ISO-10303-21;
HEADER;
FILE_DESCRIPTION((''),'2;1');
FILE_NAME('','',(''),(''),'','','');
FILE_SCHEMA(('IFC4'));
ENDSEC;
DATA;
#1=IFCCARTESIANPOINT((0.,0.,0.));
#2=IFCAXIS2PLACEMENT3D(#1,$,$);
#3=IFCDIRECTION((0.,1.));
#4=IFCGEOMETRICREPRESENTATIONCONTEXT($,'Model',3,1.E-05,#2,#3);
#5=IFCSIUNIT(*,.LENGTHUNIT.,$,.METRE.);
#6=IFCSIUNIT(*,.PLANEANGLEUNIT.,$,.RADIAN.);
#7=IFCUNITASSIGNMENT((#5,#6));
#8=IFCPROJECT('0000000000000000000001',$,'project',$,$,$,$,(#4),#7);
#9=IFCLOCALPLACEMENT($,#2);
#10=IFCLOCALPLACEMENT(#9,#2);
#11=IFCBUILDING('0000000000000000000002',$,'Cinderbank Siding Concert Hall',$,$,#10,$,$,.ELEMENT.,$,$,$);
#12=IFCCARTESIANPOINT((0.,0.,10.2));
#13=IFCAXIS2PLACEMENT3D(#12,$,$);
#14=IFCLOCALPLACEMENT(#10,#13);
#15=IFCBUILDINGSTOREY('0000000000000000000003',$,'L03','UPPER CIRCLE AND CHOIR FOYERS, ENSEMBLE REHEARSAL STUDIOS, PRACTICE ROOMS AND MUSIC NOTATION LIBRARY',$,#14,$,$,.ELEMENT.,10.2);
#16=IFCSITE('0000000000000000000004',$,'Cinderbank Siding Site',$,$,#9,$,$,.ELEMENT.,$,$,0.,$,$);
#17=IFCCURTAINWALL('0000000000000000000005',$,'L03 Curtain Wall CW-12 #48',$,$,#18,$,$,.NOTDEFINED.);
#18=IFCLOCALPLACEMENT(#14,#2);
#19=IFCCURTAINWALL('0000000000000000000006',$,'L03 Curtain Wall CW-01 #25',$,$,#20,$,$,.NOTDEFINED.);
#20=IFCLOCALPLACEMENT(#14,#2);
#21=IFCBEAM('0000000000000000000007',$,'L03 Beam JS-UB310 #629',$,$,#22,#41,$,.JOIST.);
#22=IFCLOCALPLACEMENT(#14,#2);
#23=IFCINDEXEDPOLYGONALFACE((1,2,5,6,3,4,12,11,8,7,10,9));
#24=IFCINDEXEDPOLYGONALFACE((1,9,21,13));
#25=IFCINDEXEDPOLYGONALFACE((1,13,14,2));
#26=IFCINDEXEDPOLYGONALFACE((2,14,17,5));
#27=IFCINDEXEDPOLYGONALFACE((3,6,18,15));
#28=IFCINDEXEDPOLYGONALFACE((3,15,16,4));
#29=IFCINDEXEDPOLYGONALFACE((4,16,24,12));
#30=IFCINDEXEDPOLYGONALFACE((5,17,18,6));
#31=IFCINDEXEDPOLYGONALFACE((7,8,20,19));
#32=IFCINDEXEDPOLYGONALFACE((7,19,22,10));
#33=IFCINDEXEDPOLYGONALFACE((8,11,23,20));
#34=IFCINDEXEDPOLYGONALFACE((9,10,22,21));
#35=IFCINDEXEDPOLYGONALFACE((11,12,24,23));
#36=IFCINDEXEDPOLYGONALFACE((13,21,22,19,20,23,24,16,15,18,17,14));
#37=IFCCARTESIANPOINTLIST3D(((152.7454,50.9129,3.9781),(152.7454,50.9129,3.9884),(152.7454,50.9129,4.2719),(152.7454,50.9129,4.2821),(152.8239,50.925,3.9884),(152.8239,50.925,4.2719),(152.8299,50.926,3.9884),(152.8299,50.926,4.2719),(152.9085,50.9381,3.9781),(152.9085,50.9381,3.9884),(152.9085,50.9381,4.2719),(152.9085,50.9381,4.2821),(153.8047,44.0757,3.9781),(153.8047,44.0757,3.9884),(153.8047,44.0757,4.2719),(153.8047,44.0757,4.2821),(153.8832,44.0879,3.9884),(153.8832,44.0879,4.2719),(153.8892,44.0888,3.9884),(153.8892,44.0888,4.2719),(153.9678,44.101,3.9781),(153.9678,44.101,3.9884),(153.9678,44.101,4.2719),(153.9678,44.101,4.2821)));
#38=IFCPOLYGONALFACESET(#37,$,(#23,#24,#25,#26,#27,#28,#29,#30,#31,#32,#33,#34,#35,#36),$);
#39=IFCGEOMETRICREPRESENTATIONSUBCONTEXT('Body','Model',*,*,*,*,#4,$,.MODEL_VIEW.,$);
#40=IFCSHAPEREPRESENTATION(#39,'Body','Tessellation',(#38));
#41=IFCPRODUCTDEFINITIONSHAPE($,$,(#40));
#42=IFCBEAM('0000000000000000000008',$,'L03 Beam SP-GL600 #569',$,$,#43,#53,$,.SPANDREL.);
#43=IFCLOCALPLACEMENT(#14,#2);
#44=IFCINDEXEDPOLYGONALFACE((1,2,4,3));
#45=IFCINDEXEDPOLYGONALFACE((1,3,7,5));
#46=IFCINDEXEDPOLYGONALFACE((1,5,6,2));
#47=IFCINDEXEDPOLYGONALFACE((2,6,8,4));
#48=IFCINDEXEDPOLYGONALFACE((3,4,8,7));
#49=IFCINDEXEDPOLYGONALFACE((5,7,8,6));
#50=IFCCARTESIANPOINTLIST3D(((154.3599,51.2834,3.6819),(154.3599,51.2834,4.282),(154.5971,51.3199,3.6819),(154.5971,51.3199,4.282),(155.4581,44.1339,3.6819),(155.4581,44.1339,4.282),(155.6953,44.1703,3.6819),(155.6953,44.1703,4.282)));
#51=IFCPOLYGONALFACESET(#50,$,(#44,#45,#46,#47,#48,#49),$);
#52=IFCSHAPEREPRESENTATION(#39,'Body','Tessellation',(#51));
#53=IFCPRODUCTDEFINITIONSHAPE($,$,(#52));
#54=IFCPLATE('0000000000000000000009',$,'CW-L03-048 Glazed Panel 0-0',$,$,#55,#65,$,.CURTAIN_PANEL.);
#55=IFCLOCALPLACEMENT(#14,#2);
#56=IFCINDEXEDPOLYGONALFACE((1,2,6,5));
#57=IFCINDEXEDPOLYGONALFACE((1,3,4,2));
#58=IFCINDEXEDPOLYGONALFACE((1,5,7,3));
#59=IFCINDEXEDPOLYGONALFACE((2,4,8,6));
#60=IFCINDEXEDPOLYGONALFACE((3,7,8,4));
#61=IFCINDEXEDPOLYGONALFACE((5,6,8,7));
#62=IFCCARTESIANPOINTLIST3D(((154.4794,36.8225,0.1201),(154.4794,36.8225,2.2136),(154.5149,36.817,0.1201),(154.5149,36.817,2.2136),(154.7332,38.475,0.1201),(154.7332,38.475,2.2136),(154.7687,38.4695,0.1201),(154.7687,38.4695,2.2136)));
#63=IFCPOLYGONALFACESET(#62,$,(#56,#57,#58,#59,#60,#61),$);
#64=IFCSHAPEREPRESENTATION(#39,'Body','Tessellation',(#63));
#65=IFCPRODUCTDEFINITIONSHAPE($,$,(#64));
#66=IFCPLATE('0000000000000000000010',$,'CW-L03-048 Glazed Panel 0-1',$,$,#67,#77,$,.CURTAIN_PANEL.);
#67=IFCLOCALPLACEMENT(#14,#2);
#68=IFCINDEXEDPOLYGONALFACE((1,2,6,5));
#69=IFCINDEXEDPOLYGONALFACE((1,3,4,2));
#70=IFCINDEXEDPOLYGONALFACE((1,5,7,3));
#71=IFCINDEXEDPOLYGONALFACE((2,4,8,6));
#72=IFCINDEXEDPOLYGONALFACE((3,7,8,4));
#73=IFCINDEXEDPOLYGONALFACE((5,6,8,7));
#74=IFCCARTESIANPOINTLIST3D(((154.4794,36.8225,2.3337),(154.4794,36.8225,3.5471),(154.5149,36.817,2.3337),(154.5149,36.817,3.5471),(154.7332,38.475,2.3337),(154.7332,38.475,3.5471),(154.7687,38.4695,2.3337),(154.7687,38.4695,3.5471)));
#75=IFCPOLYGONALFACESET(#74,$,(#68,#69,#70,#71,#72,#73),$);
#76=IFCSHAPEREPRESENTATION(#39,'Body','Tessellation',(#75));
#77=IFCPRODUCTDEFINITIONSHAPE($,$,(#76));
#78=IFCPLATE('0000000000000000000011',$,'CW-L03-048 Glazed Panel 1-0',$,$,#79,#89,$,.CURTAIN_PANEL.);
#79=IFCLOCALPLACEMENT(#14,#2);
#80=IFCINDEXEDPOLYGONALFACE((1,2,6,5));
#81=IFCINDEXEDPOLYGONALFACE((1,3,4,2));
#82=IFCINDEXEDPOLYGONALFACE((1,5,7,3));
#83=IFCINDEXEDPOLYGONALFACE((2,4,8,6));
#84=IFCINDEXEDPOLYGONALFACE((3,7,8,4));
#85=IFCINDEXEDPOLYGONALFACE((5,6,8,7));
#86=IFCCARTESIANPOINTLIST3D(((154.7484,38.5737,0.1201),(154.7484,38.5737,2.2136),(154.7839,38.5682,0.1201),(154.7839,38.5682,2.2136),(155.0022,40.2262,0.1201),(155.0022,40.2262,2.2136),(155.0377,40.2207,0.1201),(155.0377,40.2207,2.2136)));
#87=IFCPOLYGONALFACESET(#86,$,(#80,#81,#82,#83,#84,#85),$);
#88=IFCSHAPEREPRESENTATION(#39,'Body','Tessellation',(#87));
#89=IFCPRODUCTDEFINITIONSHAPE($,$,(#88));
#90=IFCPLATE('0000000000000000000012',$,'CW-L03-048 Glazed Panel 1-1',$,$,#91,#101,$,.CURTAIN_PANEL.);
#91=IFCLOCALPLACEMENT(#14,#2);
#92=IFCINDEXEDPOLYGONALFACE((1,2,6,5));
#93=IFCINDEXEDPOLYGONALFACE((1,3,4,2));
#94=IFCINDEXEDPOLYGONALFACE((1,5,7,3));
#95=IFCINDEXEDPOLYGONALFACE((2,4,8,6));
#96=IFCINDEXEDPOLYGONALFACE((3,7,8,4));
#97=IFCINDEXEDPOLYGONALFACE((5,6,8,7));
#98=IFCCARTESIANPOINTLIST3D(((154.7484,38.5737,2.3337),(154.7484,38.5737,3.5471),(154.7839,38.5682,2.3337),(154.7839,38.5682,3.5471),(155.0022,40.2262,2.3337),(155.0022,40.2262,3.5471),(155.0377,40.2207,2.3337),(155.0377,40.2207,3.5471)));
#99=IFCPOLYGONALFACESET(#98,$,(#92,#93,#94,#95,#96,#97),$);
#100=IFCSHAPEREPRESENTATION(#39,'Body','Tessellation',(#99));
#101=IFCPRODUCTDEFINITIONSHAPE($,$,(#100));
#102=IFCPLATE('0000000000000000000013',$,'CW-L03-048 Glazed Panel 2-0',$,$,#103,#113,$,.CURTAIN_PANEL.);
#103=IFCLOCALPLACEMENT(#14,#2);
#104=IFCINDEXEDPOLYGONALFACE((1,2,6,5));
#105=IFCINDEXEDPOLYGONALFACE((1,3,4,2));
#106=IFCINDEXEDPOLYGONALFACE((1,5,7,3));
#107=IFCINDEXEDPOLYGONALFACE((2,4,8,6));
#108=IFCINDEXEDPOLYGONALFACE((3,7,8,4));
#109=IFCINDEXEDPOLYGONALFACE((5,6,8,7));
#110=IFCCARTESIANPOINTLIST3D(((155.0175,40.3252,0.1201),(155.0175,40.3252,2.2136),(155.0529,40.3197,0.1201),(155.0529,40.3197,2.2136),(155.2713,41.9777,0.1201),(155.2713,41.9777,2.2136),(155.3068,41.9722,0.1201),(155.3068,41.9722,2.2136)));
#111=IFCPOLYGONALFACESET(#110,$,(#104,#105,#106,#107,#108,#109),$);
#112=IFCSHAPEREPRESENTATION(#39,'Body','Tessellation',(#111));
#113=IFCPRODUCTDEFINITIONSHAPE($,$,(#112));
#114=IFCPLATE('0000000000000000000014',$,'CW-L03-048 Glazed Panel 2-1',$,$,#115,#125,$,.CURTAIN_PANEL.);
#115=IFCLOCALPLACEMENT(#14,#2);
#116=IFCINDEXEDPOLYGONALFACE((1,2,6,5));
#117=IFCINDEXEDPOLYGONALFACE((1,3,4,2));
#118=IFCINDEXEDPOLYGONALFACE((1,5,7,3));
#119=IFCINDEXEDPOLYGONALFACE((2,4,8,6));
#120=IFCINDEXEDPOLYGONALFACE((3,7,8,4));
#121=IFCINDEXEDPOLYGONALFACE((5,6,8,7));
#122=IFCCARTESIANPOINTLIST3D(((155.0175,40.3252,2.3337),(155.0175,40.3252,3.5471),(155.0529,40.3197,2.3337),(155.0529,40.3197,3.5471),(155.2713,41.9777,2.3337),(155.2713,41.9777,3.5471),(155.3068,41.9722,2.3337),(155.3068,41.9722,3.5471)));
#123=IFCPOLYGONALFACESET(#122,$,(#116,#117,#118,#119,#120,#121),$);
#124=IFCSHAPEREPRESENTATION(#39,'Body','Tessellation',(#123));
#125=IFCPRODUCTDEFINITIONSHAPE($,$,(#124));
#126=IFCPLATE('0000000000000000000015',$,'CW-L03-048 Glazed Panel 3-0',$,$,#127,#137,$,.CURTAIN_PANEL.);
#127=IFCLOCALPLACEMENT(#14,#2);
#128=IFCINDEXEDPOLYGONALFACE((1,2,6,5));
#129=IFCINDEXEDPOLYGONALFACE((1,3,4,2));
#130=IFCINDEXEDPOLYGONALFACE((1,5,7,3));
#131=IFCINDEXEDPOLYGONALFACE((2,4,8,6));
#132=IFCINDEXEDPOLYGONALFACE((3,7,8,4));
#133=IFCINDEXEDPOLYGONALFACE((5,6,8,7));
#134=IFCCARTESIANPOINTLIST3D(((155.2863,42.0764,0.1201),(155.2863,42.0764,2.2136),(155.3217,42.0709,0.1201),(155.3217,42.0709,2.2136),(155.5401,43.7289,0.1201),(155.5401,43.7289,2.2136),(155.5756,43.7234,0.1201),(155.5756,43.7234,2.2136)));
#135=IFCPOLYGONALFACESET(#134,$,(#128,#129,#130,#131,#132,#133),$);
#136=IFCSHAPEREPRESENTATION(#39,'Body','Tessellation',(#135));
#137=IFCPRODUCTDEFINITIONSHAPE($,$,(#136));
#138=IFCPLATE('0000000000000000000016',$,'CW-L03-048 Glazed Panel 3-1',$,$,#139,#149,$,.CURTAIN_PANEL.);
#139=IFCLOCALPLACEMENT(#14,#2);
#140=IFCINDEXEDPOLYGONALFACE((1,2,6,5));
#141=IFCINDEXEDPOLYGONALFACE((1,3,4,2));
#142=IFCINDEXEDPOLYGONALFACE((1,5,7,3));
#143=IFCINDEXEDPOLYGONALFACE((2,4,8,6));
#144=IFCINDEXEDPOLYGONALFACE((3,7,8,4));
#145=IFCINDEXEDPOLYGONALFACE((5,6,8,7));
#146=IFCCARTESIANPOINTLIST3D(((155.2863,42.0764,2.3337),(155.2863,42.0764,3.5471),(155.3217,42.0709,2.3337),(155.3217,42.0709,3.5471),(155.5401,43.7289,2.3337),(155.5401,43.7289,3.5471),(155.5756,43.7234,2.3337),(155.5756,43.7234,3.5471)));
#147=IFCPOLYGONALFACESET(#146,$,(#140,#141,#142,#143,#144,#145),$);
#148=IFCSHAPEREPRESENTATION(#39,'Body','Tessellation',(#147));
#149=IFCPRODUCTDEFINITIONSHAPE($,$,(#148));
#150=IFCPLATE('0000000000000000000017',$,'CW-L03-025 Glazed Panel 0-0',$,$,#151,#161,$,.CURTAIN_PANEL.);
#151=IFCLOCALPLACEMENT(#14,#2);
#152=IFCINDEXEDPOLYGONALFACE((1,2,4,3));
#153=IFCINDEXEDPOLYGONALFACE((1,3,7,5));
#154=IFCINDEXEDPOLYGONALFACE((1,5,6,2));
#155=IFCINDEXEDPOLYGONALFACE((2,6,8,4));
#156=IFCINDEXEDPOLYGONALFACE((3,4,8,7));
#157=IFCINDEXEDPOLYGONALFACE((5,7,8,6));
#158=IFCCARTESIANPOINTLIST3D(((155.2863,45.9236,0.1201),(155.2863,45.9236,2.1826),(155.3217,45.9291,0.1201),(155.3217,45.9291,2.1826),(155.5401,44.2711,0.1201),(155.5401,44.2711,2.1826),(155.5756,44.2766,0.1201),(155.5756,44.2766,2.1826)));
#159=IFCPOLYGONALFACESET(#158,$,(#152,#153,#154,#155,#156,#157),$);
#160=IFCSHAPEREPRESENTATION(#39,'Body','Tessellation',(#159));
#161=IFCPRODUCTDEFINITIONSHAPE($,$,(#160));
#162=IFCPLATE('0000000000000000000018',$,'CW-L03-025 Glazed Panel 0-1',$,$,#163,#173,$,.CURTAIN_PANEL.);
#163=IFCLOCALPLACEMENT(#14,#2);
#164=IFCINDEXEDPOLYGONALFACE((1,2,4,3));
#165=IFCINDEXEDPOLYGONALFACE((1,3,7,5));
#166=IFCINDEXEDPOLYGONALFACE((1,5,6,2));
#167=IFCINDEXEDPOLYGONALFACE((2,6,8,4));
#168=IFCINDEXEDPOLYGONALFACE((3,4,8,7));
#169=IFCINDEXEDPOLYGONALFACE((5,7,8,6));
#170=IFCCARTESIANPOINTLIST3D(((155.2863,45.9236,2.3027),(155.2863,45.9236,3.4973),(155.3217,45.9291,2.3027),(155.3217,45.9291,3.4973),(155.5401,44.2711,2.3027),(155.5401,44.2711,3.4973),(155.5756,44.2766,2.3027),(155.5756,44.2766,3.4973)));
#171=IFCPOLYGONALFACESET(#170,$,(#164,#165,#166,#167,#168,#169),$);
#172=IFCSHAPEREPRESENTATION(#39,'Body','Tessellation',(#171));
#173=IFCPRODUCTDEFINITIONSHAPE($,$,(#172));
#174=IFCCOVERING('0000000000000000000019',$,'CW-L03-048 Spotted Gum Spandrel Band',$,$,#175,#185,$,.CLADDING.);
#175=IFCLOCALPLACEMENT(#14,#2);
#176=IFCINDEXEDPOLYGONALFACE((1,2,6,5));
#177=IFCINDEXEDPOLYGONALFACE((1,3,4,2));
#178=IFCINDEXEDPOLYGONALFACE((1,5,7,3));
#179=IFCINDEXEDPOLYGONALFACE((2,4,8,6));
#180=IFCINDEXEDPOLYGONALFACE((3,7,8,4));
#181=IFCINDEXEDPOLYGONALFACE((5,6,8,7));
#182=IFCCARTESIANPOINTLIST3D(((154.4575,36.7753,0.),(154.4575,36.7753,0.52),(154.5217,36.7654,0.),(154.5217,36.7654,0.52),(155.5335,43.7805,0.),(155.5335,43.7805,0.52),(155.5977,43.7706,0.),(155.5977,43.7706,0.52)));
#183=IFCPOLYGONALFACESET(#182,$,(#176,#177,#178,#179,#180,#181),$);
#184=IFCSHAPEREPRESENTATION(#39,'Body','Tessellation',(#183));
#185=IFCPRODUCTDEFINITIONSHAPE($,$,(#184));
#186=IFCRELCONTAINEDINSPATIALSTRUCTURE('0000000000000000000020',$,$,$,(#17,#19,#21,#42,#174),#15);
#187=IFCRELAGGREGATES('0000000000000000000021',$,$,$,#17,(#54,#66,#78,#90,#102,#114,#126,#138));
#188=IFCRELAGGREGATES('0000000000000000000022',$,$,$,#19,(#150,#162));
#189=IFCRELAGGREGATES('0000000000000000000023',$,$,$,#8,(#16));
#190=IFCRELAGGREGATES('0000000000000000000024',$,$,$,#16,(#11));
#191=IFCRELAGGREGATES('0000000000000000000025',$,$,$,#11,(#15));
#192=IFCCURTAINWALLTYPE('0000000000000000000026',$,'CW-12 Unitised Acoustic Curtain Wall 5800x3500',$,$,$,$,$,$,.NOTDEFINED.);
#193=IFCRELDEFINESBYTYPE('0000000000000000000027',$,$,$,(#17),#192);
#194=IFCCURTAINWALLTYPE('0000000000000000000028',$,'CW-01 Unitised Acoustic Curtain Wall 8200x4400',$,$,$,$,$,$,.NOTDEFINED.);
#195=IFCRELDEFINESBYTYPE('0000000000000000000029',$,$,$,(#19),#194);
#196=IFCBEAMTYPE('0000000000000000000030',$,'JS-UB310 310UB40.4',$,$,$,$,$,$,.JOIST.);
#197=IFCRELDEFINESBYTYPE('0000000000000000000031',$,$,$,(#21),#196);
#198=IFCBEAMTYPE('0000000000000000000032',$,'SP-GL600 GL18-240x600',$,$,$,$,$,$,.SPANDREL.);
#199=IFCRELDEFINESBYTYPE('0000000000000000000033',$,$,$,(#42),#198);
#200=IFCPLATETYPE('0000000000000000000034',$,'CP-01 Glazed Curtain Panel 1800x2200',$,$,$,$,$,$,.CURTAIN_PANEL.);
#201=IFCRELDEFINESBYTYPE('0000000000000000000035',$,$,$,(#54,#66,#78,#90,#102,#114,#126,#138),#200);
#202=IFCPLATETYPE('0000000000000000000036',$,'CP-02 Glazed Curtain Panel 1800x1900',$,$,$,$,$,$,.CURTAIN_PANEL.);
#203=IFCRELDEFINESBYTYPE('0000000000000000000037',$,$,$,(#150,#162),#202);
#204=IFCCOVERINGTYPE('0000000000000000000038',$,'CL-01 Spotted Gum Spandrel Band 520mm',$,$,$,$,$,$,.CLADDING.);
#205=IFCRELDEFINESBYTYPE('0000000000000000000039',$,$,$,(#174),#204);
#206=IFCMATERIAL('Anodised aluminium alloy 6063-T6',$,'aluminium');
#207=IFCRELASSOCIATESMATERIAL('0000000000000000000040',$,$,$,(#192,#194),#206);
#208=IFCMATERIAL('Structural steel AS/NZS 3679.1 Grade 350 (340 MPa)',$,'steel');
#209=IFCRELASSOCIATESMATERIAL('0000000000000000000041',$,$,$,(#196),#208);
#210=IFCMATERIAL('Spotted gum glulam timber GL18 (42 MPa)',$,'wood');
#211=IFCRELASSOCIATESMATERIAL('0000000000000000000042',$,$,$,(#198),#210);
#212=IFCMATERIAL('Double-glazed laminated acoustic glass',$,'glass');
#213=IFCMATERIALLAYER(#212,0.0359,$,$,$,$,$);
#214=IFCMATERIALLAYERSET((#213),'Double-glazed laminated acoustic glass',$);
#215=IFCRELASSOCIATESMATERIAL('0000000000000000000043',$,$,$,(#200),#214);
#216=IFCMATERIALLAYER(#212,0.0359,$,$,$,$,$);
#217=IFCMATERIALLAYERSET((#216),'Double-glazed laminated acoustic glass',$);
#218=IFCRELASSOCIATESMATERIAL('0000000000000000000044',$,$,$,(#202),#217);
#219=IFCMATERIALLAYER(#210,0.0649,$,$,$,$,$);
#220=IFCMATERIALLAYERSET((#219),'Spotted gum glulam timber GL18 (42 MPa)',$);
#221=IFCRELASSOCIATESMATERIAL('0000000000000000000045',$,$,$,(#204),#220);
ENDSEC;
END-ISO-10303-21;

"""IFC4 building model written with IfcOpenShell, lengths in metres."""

from ifc_helpers import new_model, si_unit, direction, frame, origin, origin_2d, place, context, subcontext, project, spatial, rectangle, i_section, extrude, material, layer, layer_set, material_profile, profile_set, type_object, element, aggregate, save


model = new_model("IFC4")

# Units and contexts
model_context = context("Model", 3, precision=1e-05, world=origin(), true_north=direction((0.0, 1.0)))
body_context = subcontext(model_context, "Body", "Model", "MODEL_VIEW")
ifc_project = project(units=[si_unit("LENGTHUNIT", "METRE"), si_unit("PLANEANGLEUNIT", "RADIAN")], contexts=[model_context])

# Site, building, storey
site_placement = place(None, origin())
site = spatial("IfcSite", under=ifc_project, at=site_placement, Name="Cinderbank Siding Site", CompositionType="ELEMENT", RefElevation=0.0)
building_placement = place(site_placement, origin())
building = spatial("IfcBuilding", under=site, at=building_placement, Name="Cinderbank Siding Concert Hall", CompositionType="ELEMENT")
storey_placement = place(building_placement, frame((0.0, 0.0, 10.2)))
storey = spatial("IfcBuildingStorey", under=building, at=storey_placement, Name="L03", Description="UPPER CIRCLE AND CHOIR FOYERS, ENSEMBLE REHEARSAL STUDIOS, PRACTICE ROOMS AND MUSIC NOTATION LIBRARY", CompositionType="ELEMENT", Elevation=10.2)

# Shared definitions
ifc_material_1 = material(Name="Structural steel AS/NZS 3679.1 Grade 350 (340 MPa)", Category="steel")

# Curtain walls
ifc_material_2 = material(Name="Anodised aluminium alloy 6063-T6", Category="aluminium")
curtain_wall_type_1 = type_object("IfcCurtainWallType", Name="CW-12 Unitised Acoustic Curtain Wall 5800x3500", PredefinedType="NOTDEFINED", material=ifc_material_2)
curtain_wall_1_placement = place(storey_placement, origin())
curtain_wall_1 = element("IfcCurtainWall", 1, at=curtain_wall_1_placement, inside=storey, type_object=curtain_wall_type_1, Name="L03 Curtain Wall CW-12 #48", PredefinedType="NOTDEFINED")
curtain_wall_type_2 = type_object("IfcCurtainWallType", Name="CW-01 Unitised Acoustic Curtain Wall 8200x4400", PredefinedType="NOTDEFINED", material=ifc_material_2)
curtain_wall_2_placement = place(storey_placement, origin())
curtain_wall_2 = element("IfcCurtainWall", 2, at=curtain_wall_2_placement, inside=storey, type_object=curtain_wall_type_2, Name="L03 Curtain Wall CW-01 #25", PredefinedType="NOTDEFINED")

# Beams
ifc_material_profile_1 = material_profile(ifc_material_1, i_section(OverallWidth=0.165, OverallDepth=0.304, WebThickness=0.0061, FlangeThickness=0.0103, at=origin_2d()), Name="310UB40.4", Category="LoadBearing")
ifc_profile_set_1 = profile_set([ifc_material_profile_1], Name="Structural steel AS/NZS 3679.1 Grade 350 (340 MPa)")
beam_type_1 = type_object("IfcBeamType", Name="JS-UB310 310UB40.4", PredefinedType="JOIST", material=ifc_profile_set_1)
beam_1_placement = place(storey_placement, frame((153.8862, 44.0884, 4.1301), z_axis=(-0.15311, 0.988209, 0.0), x_axis=(-0.988209, -0.15311, 0.0)))
element("IfcBeam", 3, at=beam_1_placement, inside=storey, type_object=beam_type_1, Name="L03 Beam JS-UB310 #629", PredefinedType="JOIST", context=body_context, shape_type="SweptSolid", body=[
    extrude(i_section(OverallWidth=0.165, OverallDepth=0.304, WebThickness=0.0061, FlangeThickness=0.0103, at=origin_2d()), origin(), (0.0, 0.0, 1.0), 6.9187),
])
ifc_material_3 = material(Name="Spotted gum glulam timber GL18 (42 MPa)", Category="wood")
ifc_material_profile_2 = material_profile(ifc_material_3, rectangle(XDim=0.24, YDim=0.6001, at=origin_2d()), Name="GL18-240x600", Category="LoadBearing")
ifc_profile_set_2 = profile_set([ifc_material_profile_2], Name="Spotted gum glulam timber GL18 (42 MPa)")
beam_type_2 = type_object("IfcBeamType", Name="SP-GL600 GL18-240x600", PredefinedType="SPANDREL", material=ifc_profile_set_2)
beam_2_placement = place(storey_placement, frame((155.5767, 44.1521, 3.9819), z_axis=(-0.151814, 0.988409, 0.0), x_axis=(-0.988409, -0.151814, 0.0)))
element("IfcBeam", 4, at=beam_2_placement, inside=storey, type_object=beam_type_2, Name="L03 Beam SP-GL600 #569", PredefinedType="SPANDREL", context=body_context, shape_type="SweptSolid", body=[
    extrude(rectangle(XDim=0.24, YDim=0.6001, at=origin_2d()), origin(), (0.0, 0.0, 1.0), 7.2334),
])

# Plates
ifc_material_4 = material(Name="Double-glazed laminated acoustic glass", Category="glass")
ifc_layer_1 = layer(ifc_material_4, 0.0359)
ifc_layer_set_1 = layer_set([ifc_layer_1], Name="Double-glazed laminated acoustic glass")
plate_type_1 = type_object("IfcPlateType", Name="CP-01 Glazed Curtain Panel 1800x2200", PredefinedType="CURTAIN_PANEL", material=ifc_layer_set_1)
plate_1_placement = place(storey_placement, frame((154.624, 37.646, 0.1201), z_axis=(0.0, 0.0, 1.0), x_axis=(0.151815, 0.988409, 0.0)))
plate_1 = element("IfcPlate", 5, at=plate_1_placement, type_object=plate_type_1, Name="CW-L03-048 Glazed Panel 0-0", PredefinedType="CURTAIN_PANEL", context=body_context, shape_type="SweptSolid", body=[
    extrude(rectangle(XDim=1.6719, YDim=0.0359, at=origin_2d()), origin(), (0.0, 0.0, 1.0), 2.0935),
])
plate_2_placement = place(storey_placement, frame((154.624, 37.646, 2.3337), z_axis=(0.0, 0.0, 1.0), x_axis=(0.151815, 0.988409, 0.0)))
plate_2 = element("IfcPlate", 6, at=plate_2_placement, type_object=plate_type_1, Name="CW-L03-048 Glazed Panel 0-1", PredefinedType="CURTAIN_PANEL", context=body_context, shape_type="SweptSolid", body=[
    extrude(rectangle(XDim=1.6719, YDim=0.0359, at=origin_2d()), origin(), (0.0, 0.0, 1.0), 1.2134),
])
plate_3_placement = place(storey_placement, frame((154.8931, 39.3972, 0.1201), z_axis=(0.0, 0.0, 1.0), x_axis=(0.151815, 0.988409, 0.0)))
plate_3 = element("IfcPlate", 7, at=plate_3_placement, type_object=plate_type_1, Name="CW-L03-048 Glazed Panel 1-0", PredefinedType="CURTAIN_PANEL", context=body_context, shape_type="SweptSolid", body=[
    extrude(rectangle(XDim=1.6719, YDim=0.0359, at=origin_2d()), origin(), (0.0, 0.0, 1.0), 2.0935),
])
plate_4_placement = place(storey_placement, frame((154.8931, 39.3972, 2.3337), z_axis=(0.0, 0.0, 1.0), x_axis=(0.151815, 0.988409, 0.0)))
plate_4 = element("IfcPlate", 8, at=plate_4_placement, type_object=plate_type_1, Name="CW-L03-048 Glazed Panel 1-1", PredefinedType="CURTAIN_PANEL", context=body_context, shape_type="SweptSolid", body=[
    extrude(rectangle(XDim=1.6719, YDim=0.0359, at=origin_2d()), origin(), (0.0, 0.0, 1.0), 1.2134),
])
plate_5_placement = place(storey_placement, frame((155.1621, 41.1487, 0.1201), z_axis=(0.0, 0.0, 1.0), x_axis=(0.151815, 0.988409, 0.0)))
plate_5 = element("IfcPlate", 9, at=plate_5_placement, type_object=plate_type_1, Name="CW-L03-048 Glazed Panel 2-0", PredefinedType="CURTAIN_PANEL", context=body_context, shape_type="SweptSolid", body=[
    extrude(rectangle(XDim=1.6719, YDim=0.0359, at=origin_2d()), origin(), (0.0, 0.0, 1.0), 2.0935),
])
plate_6_placement = place(storey_placement, frame((155.1621, 41.1487, 2.3337), z_axis=(0.0, 0.0, 1.0), x_axis=(0.151815, 0.988409, 0.0)))
plate_6 = element("IfcPlate", 10, at=plate_6_placement, type_object=plate_type_1, Name="CW-L03-048 Glazed Panel 2-1", PredefinedType="CURTAIN_PANEL", context=body_context, shape_type="SweptSolid", body=[
    extrude(rectangle(XDim=1.6719, YDim=0.0359, at=origin_2d()), origin(), (0.0, 0.0, 1.0), 1.2134),
])
plate_7_placement = place(storey_placement, frame((155.4309, 42.8999, 0.1201), z_axis=(0.0, 0.0, 1.0), x_axis=(0.151815, 0.988409, 0.0)))
plate_7 = element("IfcPlate", 11, at=plate_7_placement, type_object=plate_type_1, Name="CW-L03-048 Glazed Panel 3-0", PredefinedType="CURTAIN_PANEL", context=body_context, shape_type="SweptSolid", body=[
    extrude(rectangle(XDim=1.6719, YDim=0.0359, at=origin_2d()), origin(), (0.0, 0.0, 1.0), 2.0935),
])
plate_8_placement = place(storey_placement, frame((155.4309, 42.8999, 2.3337), z_axis=(0.0, 0.0, 1.0), x_axis=(0.151815, 0.988409, 0.0)))
plate_8 = element("IfcPlate", 12, at=plate_8_placement, type_object=plate_type_1, Name="CW-L03-048 Glazed Panel 3-1", PredefinedType="CURTAIN_PANEL", context=body_context, shape_type="SweptSolid", body=[
    extrude(rectangle(XDim=1.6719, YDim=0.0359, at=origin_2d()), origin(), (0.0, 0.0, 1.0), 1.2134),
])
aggregate(curtain_wall_1, [plate_1, plate_2, plate_3, plate_4, plate_5, plate_6, plate_7, plate_8])
ifc_layer_2 = layer(ifc_material_4, 0.0359)
ifc_layer_set_2 = layer_set([ifc_layer_2], Name="Double-glazed laminated acoustic glass")
plate_type_2 = type_object("IfcPlateType", Name="CP-02 Glazed Curtain Panel 1800x1900", PredefinedType="CURTAIN_PANEL", material=ifc_layer_set_2)
plate_9_placement = place(storey_placement, frame((155.4309, 45.1001, 0.1201), z_axis=(0.0, 0.0, 1.0), x_axis=(-0.151815, 0.988409, 0.0)))
plate_9 = element("IfcPlate", 13, at=plate_9_placement, type_object=plate_type_2, Name="CW-L03-025 Glazed Panel 0-0", PredefinedType="CURTAIN_PANEL", context=body_context, shape_type="SweptSolid", body=[
    extrude(rectangle(XDim=1.6719, YDim=0.0359, at=origin_2d()), origin(), (0.0, 0.0, 1.0), 2.0625),
])
plate_10_placement = place(storey_placement, frame((155.4309, 45.1001, 2.3027), z_axis=(0.0, 0.0, 1.0), x_axis=(-0.151815, 0.988409, 0.0)))
plate_10 = element("IfcPlate", 14, at=plate_10_placement, type_object=plate_type_2, Name="CW-L03-025 Glazed Panel 0-1", PredefinedType="CURTAIN_PANEL", context=body_context, shape_type="SweptSolid", body=[
    extrude(rectangle(XDim=1.6719, YDim=0.0359, at=origin_2d()), origin(), (0.0, 0.0, 1.0), 1.1946),
])
aggregate(curtain_wall_2, [plate_9, plate_10])

# Covering
ifc_layer_3 = layer(ifc_material_3, 0.0649)
ifc_layer_set_3 = layer_set([ifc_layer_3], Name="Spotted gum glulam timber GL18 (42 MPa)")
covering_type = type_object("IfcCoveringType", Name="CL-01 Spotted Gum Spandrel Band 520mm", PredefinedType="CLADDING", material=ifc_layer_set_3)
covering_placement = place(storey_placement, frame((155.0276, 40.2729, 0.0), z_axis=(0.0, 0.0, 1.0), x_axis=(0.151815, 0.988409, 0.0)))
element("IfcCovering", 15, at=covering_placement, inside=storey, type_object=covering_type, Name="CW-L03-048 Spotted Gum Spandrel Band", PredefinedType="CLADDING", context=body_context, shape_type="SweptSolid", body=[
    extrude(rectangle(XDim=7.0874, YDim=0.0649, at=origin_2d()), origin(), (0.0, 0.0, 1.0), 0.52),
])

save(model, "model.ifc")
